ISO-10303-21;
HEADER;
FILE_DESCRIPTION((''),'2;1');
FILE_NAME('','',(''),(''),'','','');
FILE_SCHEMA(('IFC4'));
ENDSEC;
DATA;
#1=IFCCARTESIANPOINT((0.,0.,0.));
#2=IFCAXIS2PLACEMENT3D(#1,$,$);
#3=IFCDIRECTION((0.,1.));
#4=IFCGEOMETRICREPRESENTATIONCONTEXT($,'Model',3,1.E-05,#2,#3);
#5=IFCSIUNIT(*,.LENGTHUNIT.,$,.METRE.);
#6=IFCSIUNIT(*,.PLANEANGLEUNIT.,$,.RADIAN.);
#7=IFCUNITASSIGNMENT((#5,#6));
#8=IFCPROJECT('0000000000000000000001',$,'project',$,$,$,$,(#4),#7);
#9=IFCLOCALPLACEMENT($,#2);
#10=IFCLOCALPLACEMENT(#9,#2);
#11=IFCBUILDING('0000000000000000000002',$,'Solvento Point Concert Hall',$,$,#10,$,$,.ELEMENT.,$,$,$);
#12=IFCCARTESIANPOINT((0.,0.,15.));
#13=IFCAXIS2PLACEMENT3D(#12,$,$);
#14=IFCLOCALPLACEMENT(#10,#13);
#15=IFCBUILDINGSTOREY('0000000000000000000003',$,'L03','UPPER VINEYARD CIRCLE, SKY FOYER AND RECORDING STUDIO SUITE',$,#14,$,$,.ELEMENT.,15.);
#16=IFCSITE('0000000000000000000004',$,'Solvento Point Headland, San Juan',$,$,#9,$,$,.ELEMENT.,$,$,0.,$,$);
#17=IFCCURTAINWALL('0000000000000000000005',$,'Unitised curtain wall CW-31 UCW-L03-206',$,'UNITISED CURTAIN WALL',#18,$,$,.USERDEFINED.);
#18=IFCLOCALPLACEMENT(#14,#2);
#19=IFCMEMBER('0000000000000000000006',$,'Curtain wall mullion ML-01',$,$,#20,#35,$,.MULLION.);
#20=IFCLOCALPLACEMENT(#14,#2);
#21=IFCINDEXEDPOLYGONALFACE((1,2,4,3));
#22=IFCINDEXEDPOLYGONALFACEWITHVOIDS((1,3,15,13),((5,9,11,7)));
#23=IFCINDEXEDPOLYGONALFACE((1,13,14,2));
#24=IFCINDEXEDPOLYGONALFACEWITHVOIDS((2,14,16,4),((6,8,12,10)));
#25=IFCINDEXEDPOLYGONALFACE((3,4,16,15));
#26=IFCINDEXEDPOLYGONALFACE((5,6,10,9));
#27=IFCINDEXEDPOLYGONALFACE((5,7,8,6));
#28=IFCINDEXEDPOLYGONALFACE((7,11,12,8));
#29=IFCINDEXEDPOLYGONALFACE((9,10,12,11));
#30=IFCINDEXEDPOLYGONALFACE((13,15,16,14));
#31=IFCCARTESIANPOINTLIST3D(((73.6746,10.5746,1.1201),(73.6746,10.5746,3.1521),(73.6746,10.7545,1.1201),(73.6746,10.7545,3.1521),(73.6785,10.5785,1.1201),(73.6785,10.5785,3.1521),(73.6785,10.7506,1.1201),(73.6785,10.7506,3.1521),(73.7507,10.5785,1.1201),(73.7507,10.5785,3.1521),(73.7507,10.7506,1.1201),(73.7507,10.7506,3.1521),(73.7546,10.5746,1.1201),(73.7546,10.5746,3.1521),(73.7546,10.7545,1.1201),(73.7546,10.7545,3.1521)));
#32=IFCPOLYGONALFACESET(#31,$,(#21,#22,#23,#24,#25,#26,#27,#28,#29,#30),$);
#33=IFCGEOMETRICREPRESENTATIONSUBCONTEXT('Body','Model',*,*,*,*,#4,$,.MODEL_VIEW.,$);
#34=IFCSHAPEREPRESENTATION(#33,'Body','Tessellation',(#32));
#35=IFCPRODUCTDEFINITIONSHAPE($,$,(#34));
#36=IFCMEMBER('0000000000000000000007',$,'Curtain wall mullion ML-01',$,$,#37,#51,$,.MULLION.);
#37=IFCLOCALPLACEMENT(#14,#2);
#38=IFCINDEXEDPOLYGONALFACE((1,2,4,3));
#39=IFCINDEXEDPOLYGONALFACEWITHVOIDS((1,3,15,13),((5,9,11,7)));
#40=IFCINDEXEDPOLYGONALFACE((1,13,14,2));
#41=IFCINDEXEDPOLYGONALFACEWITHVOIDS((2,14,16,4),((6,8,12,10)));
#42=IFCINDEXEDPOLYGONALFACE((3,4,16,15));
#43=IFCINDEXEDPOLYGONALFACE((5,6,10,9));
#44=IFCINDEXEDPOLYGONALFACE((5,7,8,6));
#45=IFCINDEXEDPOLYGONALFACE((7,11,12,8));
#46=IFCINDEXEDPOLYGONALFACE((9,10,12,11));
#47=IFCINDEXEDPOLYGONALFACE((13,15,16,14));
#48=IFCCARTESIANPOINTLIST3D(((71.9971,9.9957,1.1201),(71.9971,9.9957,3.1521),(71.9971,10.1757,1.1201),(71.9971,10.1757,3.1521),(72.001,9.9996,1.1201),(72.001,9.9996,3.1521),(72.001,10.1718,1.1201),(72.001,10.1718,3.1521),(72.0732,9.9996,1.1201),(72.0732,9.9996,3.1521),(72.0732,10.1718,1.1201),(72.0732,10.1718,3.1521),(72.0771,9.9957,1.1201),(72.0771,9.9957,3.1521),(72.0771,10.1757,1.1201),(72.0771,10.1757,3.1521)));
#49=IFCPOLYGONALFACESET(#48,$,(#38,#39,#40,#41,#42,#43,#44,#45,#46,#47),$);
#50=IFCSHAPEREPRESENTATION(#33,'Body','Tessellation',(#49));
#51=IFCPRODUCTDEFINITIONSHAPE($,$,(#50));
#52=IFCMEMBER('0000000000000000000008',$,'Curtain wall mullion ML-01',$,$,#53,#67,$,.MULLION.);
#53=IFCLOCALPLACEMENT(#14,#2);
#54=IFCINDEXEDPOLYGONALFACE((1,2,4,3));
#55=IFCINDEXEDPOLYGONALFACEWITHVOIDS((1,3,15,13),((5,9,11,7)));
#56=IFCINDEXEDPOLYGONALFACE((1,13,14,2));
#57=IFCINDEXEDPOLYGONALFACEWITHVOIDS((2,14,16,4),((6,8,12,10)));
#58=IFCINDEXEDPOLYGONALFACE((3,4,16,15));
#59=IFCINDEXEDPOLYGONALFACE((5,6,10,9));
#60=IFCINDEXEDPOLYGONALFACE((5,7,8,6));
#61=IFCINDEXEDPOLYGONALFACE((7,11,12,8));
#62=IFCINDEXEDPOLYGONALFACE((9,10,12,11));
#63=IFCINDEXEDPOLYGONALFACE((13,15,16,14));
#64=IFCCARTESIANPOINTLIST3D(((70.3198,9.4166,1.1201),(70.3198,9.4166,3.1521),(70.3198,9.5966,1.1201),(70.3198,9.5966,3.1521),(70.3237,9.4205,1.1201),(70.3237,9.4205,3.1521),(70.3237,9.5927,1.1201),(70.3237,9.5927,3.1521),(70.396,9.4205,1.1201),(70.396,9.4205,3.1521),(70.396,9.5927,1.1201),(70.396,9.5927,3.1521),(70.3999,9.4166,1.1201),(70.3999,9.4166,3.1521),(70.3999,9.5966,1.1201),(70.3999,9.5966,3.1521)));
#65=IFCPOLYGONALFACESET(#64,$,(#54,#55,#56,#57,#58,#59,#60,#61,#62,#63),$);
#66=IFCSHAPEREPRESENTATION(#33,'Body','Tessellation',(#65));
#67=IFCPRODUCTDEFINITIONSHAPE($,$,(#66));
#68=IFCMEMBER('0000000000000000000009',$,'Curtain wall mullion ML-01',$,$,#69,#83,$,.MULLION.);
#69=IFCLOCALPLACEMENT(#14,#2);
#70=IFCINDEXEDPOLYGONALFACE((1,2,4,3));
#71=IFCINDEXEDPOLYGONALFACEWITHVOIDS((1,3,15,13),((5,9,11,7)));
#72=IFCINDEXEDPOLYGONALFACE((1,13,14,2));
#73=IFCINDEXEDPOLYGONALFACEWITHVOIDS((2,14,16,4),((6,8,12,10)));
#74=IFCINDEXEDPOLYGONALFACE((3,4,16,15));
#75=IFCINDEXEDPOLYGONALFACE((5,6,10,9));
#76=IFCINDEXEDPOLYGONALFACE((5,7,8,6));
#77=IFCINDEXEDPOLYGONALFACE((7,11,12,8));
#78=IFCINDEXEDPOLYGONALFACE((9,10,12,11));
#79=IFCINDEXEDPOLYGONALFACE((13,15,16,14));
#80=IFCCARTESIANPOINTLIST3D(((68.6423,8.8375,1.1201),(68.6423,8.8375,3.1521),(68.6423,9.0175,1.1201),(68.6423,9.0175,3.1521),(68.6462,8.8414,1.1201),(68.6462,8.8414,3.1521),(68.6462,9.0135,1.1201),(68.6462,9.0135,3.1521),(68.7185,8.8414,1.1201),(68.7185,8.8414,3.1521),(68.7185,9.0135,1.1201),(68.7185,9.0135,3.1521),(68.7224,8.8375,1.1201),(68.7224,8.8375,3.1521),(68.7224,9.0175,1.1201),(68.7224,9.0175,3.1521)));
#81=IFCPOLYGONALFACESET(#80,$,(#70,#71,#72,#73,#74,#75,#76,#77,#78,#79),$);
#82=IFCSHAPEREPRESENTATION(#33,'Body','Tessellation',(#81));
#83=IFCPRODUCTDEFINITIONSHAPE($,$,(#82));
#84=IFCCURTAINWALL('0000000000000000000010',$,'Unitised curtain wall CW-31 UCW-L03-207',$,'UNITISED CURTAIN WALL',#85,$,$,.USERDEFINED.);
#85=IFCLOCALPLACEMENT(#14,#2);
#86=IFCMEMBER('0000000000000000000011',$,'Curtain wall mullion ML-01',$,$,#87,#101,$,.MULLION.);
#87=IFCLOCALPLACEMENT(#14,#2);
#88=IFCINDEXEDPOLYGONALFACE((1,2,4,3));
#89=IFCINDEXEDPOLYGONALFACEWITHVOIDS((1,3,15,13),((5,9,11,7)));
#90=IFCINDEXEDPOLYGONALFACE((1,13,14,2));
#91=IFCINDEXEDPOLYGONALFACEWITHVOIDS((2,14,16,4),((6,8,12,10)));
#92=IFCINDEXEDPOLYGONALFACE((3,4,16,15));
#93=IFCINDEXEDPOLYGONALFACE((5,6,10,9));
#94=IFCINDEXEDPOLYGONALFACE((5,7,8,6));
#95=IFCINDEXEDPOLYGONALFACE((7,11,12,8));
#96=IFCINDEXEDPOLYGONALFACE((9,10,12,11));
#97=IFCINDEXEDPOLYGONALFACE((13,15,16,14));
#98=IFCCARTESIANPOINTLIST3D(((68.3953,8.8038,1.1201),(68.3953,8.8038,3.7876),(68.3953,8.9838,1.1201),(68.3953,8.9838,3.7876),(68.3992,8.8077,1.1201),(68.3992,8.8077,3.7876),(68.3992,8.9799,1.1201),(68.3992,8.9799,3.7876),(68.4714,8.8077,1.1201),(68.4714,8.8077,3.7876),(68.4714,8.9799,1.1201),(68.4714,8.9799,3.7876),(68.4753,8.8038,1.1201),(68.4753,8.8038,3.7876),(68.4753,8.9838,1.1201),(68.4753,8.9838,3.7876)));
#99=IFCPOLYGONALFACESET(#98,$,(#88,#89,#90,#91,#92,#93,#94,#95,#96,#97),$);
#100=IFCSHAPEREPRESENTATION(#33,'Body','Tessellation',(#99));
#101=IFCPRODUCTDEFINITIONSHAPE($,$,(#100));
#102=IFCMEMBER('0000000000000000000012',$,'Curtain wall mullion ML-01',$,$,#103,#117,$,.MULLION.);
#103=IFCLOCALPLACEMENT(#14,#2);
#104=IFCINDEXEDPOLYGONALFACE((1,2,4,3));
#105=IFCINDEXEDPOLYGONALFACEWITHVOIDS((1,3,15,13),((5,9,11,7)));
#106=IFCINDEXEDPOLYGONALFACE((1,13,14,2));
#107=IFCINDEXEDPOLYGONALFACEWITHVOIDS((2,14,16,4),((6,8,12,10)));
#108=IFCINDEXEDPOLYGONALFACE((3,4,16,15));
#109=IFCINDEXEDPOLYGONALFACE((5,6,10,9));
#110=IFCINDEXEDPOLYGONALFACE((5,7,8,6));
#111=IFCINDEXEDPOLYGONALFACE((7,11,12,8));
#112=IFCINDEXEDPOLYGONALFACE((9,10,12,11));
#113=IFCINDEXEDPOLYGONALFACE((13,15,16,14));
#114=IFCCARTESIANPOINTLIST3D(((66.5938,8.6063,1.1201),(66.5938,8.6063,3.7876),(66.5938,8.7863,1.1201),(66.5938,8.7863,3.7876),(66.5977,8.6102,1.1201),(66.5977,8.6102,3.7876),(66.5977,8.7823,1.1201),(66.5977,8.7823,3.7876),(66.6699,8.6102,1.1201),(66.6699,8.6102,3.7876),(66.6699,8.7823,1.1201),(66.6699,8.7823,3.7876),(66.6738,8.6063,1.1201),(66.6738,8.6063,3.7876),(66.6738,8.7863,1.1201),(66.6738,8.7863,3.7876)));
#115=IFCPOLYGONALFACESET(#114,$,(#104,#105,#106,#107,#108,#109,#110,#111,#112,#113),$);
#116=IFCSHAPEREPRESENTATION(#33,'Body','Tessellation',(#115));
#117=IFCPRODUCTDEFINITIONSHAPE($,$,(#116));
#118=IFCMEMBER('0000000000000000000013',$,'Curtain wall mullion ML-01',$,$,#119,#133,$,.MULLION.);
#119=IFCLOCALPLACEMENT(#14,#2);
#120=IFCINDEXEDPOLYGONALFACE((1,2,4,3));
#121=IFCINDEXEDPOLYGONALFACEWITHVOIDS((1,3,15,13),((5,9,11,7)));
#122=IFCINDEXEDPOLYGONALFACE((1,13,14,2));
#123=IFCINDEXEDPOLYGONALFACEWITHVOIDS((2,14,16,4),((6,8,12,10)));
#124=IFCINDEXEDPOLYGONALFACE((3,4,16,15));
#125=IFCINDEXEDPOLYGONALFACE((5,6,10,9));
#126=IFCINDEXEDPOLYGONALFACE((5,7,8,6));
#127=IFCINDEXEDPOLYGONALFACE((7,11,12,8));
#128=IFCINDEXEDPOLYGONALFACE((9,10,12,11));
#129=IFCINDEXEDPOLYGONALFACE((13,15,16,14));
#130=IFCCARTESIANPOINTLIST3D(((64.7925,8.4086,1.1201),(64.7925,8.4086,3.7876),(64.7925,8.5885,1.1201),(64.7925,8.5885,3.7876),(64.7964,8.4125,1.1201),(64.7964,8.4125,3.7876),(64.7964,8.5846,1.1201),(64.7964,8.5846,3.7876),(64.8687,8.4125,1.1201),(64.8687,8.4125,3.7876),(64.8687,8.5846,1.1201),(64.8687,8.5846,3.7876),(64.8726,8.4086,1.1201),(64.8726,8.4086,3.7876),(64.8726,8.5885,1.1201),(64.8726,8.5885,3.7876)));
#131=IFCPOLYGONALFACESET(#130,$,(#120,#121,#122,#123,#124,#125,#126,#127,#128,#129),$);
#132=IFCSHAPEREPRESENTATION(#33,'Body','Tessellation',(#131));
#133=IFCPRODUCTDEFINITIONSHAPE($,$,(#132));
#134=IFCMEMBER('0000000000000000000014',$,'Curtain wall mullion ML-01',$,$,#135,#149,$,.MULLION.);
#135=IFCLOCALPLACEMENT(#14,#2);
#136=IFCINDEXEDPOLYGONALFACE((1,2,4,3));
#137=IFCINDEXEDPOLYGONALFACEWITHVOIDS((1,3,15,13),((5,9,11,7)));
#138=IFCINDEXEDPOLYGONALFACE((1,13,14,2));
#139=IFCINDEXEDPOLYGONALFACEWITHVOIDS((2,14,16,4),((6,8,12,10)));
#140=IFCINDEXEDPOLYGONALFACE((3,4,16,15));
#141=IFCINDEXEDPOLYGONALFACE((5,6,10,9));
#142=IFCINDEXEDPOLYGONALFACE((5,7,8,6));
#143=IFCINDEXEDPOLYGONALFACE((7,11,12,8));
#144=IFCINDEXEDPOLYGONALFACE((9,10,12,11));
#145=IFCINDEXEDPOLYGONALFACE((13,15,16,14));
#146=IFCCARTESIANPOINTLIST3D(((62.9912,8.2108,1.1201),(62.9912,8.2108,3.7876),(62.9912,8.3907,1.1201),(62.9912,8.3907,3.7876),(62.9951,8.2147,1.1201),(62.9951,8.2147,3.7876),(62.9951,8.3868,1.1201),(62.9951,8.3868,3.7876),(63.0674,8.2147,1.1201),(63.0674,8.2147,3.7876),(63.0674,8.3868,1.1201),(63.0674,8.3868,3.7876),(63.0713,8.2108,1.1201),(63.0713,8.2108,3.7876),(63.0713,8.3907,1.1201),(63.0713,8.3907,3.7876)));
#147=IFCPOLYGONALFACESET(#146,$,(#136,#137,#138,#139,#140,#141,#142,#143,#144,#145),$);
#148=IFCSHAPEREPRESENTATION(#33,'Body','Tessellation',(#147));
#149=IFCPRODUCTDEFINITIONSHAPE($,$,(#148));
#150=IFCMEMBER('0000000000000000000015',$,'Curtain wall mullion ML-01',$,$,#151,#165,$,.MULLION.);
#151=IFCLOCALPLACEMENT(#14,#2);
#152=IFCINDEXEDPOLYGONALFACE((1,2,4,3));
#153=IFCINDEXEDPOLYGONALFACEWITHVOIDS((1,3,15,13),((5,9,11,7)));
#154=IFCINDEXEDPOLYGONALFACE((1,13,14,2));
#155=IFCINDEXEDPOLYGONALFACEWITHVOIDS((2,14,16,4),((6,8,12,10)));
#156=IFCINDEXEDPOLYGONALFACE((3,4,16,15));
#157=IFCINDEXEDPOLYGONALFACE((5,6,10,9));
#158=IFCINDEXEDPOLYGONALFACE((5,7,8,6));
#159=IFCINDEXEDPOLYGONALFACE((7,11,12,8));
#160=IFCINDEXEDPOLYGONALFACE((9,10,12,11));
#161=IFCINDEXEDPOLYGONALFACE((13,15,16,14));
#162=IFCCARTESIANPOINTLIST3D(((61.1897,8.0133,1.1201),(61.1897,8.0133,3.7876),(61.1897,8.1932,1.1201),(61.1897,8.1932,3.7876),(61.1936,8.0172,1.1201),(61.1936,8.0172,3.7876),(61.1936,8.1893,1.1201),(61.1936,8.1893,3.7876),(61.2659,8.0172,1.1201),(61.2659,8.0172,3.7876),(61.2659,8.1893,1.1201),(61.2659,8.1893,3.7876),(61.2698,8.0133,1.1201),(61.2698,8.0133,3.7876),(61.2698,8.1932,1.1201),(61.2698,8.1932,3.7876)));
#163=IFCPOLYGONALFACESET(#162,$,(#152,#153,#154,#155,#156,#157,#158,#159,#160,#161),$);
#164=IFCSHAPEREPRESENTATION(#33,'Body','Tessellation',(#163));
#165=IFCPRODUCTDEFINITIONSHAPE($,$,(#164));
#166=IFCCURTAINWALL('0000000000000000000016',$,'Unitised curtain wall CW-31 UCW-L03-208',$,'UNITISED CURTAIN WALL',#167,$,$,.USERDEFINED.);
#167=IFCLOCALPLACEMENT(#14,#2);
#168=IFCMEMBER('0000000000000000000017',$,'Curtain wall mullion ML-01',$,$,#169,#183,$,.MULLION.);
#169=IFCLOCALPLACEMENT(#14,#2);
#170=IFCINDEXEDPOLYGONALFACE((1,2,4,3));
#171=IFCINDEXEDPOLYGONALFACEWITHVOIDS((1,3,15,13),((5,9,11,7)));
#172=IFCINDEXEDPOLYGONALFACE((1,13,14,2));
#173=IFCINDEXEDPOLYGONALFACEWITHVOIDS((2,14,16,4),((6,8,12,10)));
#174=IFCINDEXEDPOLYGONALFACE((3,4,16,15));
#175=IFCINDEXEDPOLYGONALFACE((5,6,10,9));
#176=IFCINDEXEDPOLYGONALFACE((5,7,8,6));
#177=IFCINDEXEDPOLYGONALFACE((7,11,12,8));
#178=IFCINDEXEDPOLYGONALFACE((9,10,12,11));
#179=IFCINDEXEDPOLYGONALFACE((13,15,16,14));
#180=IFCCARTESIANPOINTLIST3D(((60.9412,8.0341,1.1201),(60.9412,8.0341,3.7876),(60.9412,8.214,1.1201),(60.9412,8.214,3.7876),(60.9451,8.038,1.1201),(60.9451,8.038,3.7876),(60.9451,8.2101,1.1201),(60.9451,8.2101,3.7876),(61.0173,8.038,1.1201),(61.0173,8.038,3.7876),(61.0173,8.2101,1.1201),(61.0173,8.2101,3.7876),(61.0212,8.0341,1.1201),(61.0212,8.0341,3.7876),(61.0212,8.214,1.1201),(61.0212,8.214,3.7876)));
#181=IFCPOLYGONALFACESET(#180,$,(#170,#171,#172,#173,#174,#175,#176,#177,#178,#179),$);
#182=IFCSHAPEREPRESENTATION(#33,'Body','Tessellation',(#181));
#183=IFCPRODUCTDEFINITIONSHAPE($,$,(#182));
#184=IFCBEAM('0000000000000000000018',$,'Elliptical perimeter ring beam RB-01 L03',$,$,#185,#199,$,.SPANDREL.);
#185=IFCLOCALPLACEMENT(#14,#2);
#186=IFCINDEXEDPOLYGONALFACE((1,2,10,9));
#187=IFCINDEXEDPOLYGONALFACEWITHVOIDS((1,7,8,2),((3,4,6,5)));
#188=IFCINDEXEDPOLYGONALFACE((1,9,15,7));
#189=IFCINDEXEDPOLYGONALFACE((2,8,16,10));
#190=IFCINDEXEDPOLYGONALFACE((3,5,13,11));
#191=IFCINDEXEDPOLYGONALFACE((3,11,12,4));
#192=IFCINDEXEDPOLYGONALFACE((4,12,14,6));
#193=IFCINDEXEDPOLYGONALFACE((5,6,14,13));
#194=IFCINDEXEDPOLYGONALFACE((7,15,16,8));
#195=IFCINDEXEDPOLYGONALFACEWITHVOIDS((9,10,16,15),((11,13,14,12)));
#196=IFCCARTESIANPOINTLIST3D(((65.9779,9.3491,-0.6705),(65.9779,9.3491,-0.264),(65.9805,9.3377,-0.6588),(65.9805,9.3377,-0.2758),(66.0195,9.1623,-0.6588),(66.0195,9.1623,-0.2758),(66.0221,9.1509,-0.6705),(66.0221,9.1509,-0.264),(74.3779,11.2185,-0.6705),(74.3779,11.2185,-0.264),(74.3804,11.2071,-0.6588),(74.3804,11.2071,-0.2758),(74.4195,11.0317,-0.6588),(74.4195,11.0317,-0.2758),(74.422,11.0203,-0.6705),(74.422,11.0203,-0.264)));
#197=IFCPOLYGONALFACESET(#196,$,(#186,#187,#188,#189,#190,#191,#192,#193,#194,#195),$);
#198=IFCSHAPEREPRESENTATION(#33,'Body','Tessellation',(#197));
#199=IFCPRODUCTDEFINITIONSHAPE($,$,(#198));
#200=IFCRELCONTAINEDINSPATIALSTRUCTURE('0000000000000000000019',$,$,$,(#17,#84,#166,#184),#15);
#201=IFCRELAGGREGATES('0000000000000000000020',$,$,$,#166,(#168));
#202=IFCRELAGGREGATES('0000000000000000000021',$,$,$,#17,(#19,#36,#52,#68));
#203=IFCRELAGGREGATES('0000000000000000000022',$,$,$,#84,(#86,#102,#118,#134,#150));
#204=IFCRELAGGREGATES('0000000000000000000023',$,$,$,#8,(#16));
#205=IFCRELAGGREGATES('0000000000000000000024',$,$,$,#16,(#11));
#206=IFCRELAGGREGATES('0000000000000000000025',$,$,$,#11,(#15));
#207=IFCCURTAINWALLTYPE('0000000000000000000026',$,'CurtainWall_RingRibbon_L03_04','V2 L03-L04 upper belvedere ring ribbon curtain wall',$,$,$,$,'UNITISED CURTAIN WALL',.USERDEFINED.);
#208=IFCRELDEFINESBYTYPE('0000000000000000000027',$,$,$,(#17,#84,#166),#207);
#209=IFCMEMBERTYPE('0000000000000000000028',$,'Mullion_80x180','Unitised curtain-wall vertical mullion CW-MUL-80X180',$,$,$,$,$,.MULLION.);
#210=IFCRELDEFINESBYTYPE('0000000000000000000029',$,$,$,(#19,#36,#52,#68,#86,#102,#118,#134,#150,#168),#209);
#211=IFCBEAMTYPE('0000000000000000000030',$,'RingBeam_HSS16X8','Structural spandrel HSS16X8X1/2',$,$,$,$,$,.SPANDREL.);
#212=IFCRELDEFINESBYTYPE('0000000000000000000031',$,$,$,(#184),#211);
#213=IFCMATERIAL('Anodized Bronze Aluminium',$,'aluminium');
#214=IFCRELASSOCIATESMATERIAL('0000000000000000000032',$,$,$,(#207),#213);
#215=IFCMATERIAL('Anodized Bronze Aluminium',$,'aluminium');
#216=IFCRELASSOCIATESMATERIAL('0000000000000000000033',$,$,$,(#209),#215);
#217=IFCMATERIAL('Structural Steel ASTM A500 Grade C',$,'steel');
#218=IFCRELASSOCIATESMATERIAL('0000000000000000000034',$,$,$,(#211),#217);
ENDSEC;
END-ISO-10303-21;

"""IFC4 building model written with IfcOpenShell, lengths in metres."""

from ifc_helpers import new_model, si_unit, direction, frame, origin, origin_2d, place, context, subcontext, project, spatial, hollow_rectangle, extrude, material, material_profile, profile_set, type_object, element, aggregate, save


model = new_model("IFC4")

# Units and contexts
model_context = context("Model", 3, precision=1e-05, world=origin(), true_north=direction((0.0, 1.0)))
body_context = subcontext(model_context, "Body", "Model", "MODEL_VIEW")
ifc_project = project(units=[si_unit("LENGTHUNIT", "METRE"), si_unit("PLANEANGLEUNIT", "RADIAN")], contexts=[model_context])

# Site, building, storey
site_placement = place(None, origin())
site = spatial("IfcSite", under=ifc_project, at=site_placement, Name="Solvento Point Headland, San Juan", CompositionType="ELEMENT", RefElevation=0.0)
building_placement = place(site_placement, origin())
building = spatial("IfcBuilding", under=site, at=building_placement, Name="Solvento Point Concert Hall", CompositionType="ELEMENT")
storey_placement = place(building_placement, frame((0.0, 0.0, 15.0)))
storey = spatial("IfcBuildingStorey", under=building, at=storey_placement, Name="L03", Description="UPPER VINEYARD CIRCLE, SKY FOYER AND RECORDING STUDIO SUITE", CompositionType="ELEMENT", Elevation=15.0)

# Curtain walls, members
ifc_material_1 = material(Name="Anodized Bronze Aluminium", Category="aluminium")
curtain_wall_type = type_object("IfcCurtainWallType", Name="CurtainWall_RingRibbon_L03_04", Description="V2 L03-L04 upper belvedere ring ribbon curtain wall", ElementType="UNITISED CURTAIN WALL", PredefinedType="USERDEFINED", material=ifc_material_1)
curtain_wall_1_placement = place(storey_placement, origin())
curtain_wall_1 = element("IfcCurtainWall", 1, at=curtain_wall_1_placement, inside=storey, type_object=curtain_wall_type, Name="Unitised curtain wall CW-31 UCW-L03-206", ObjectType="UNITISED CURTAIN WALL", PredefinedType="USERDEFINED")
ifc_material_2 = material(Name="Anodized Bronze Aluminium", Category="aluminium")
ifc_material_profile_1 = material_profile(ifc_material_2, hollow_rectangle(XDim=0.0801, YDim=0.1799, WallThickness=0.0039, at=origin_2d()), Name="CW-MUL-80X180")
ifc_profile_set_1 = profile_set([ifc_material_profile_1], Name="Anodized Bronze Aluminium")
member_type_1 = type_object("IfcMemberType", Name="Mullion_80x180", Description="Unitised curtain-wall vertical mullion CW-MUL-80X180", PredefinedType="MULLION", material=ifc_profile_set_1)
member_1_placement = place(storey_placement, frame((73.7146, 10.6646, 1.1201), z_axis=(0.0, 0.0, 1.0), x_axis=(1.0, 0.0, 0.0)))
member_1 = element("IfcMember", 2, at=member_1_placement, type_object=member_type_1, Name="Curtain wall mullion ML-01", PredefinedType="MULLION", context=body_context, shape_type="SweptSolid", body=[
    extrude(hollow_rectangle(XDim=0.0801, YDim=0.1799, WallThickness=0.0039, at=origin_2d()), origin(), (0.0, 0.0, 1.0), 2.032),
])
member_2_placement = place(storey_placement, frame((72.0371, 10.0857, 1.1201), z_axis=(0.0, 0.0, 1.0), x_axis=(1.0, 0.0, 0.0)))
member_2 = element("IfcMember", 3, at=member_2_placement, type_object=member_type_1, Name="Curtain wall mullion ML-01", PredefinedType="MULLION", context=body_context, shape_type="SweptSolid", body=[
    extrude(hollow_rectangle(XDim=0.0801, YDim=0.1799, WallThickness=0.0039, at=origin_2d()), origin(), (0.0, 0.0, 1.0), 2.032),
])
member_3_placement = place(storey_placement, frame((70.3599, 9.5066, 1.1201), z_axis=(0.0, 0.0, 1.0), x_axis=(1.0, 0.0, 0.0)))
member_3 = element("IfcMember", 4, at=member_3_placement, type_object=member_type_1, Name="Curtain wall mullion ML-01", PredefinedType="MULLION", context=body_context, shape_type="SweptSolid", body=[
    extrude(hollow_rectangle(XDim=0.0801, YDim=0.1799, WallThickness=0.0039, at=origin_2d()), origin(), (0.0, 0.0, 1.0), 2.032),
])
member_4_placement = place(storey_placement, frame((68.6824, 8.9275, 1.1201), z_axis=(0.0, 0.0, 1.0), x_axis=(1.0, 0.0, 0.0)))
member_4 = element("IfcMember", 5, at=member_4_placement, type_object=member_type_1, Name="Curtain wall mullion ML-01", PredefinedType="MULLION", context=body_context, shape_type="SweptSolid", body=[
    extrude(hollow_rectangle(XDim=0.0801, YDim=0.1799, WallThickness=0.0039, at=origin_2d()), origin(), (0.0, 0.0, 1.0), 2.032),
])
curtain_wall_2_placement = place(storey_placement, origin())
curtain_wall_2 = element("IfcCurtainWall", 6, at=curtain_wall_2_placement, inside=storey, type_object=curtain_wall_type, Name="Unitised curtain wall CW-31 UCW-L03-207", ObjectType="UNITISED CURTAIN WALL", PredefinedType="USERDEFINED")
member_5_placement = place(storey_placement, frame((68.4353, 8.8938, 1.1201), z_axis=(0.0, 0.0, 1.0), x_axis=(1.0, 0.0, 0.0)))
member_5 = element("IfcMember", 7, at=member_5_placement, type_object=member_type_1, Name="Curtain wall mullion ML-01", PredefinedType="MULLION", context=body_context, shape_type="SweptSolid", body=[
    extrude(hollow_rectangle(XDim=0.0801, YDim=0.1799, WallThickness=0.0039, at=origin_2d()), origin(), (0.0, 0.0, 1.0), 2.6675),
])
member_6_placement = place(storey_placement, frame((66.6338, 8.6963, 1.1201), z_axis=(0.0, 0.0, 1.0), x_axis=(1.0, 0.0, 0.0)))
member_6 = element("IfcMember", 8, at=member_6_placement, type_object=member_type_1, Name="Curtain wall mullion ML-01", PredefinedType="MULLION", context=body_context, shape_type="SweptSolid", body=[
    extrude(hollow_rectangle(XDim=0.0801, YDim=0.1799, WallThickness=0.0039, at=origin_2d()), origin(), (0.0, 0.0, 1.0), 2.6675),
])
member_7_placement = place(storey_placement, frame((64.8325, 8.4985, 1.1201), z_axis=(0.0, 0.0, 1.0), x_axis=(1.0, 0.0, 0.0)))
member_7 = element("IfcMember", 9, at=member_7_placement, type_object=member_type_1, Name="Curtain wall mullion ML-01", PredefinedType="MULLION", context=body_context, shape_type="SweptSolid", body=[
    extrude(hollow_rectangle(XDim=0.0801, YDim=0.1799, WallThickness=0.0039, at=origin_2d()), origin(), (0.0, 0.0, 1.0), 2.6675),
])
member_8_placement = place(storey_placement, frame((63.0312, 8.3008, 1.1201), z_axis=(0.0, 0.0, 1.0), x_axis=(1.0, 0.0, 0.0)))
member_8 = element("IfcMember", 10, at=member_8_placement, type_object=member_type_1, Name="Curtain wall mullion ML-01", PredefinedType="MULLION", context=body_context, shape_type="SweptSolid", body=[
    extrude(hollow_rectangle(XDim=0.0801, YDim=0.1799, WallThickness=0.0039, at=origin_2d()), origin(), (0.0, 0.0, 1.0), 2.6675),
])
member_9_placement = place(storey_placement, frame((61.2297, 8.1033, 1.1201), z_axis=(0.0, 0.0, 1.0), x_axis=(1.0, 0.0, 0.0)))
member_9 = element("IfcMember", 11, at=member_9_placement, type_object=member_type_1, Name="Curtain wall mullion ML-01", PredefinedType="MULLION", context=body_context, shape_type="SweptSolid", body=[
    extrude(hollow_rectangle(XDim=0.0801, YDim=0.1799, WallThickness=0.0039, at=origin_2d()), origin(), (0.0, 0.0, 1.0), 2.6675),
])

# Curtain wall, member
curtain_wall_3_placement = place(storey_placement, origin())
curtain_wall_3 = element("IfcCurtainWall", 12, at=curtain_wall_3_placement, inside=storey, type_object=curtain_wall_type, Name="Unitised curtain wall CW-31 UCW-L03-208", ObjectType="UNITISED CURTAIN WALL", PredefinedType="USERDEFINED")
member_10_placement = place(storey_placement, frame((60.9812, 8.124, 1.1201), z_axis=(0.0, 0.0, 1.0), x_axis=(1.0, 0.0, 0.0)))
member_10 = element("IfcMember", 13, at=member_10_placement, type_object=member_type_1, Name="Curtain wall mullion ML-01", PredefinedType="MULLION", context=body_context, shape_type="SweptSolid", body=[
    extrude(hollow_rectangle(XDim=0.0801, YDim=0.1799, WallThickness=0.0039, at=origin_2d()), origin(), (0.0, 0.0, 1.0), 2.6675),
])

# Beam
ifc_material_3 = material(Name="Structural Steel ASTM A500 Grade C", Category="steel")
ifc_material_profile_2 = material_profile(ifc_material_3, hollow_rectangle(XDim=0.2031, YDim=0.4065, WallThickness=0.0117, at=origin_2d()), Name="HSS16X8X1/2")
ifc_profile_set_2 = profile_set([ifc_material_profile_2], Name="Structural Steel ASTM A500 Grade C")
beam_type = type_object("IfcBeamType", Name="RingBeam_HSS16X8", Description="Structural spandrel HSS16X8X1/2", PredefinedType="SPANDREL", material=ifc_profile_set_2)
beam_1_placement = place(storey_placement, frame((66.0, 9.25, -0.4673), z_axis=(0.97612, 0.217234, 0.0), x_axis=(-0.217234, 0.97612, 0.0)))
element("IfcBeam", 14, at=beam_1_placement, inside=storey, type_object=beam_type, Name="Elliptical perimeter ring beam RB-01 L03", PredefinedType="SPANDREL", context=body_context, shape_type="SweptSolid", body=[
    extrude(hollow_rectangle(XDim=0.2031, YDim=0.4065, WallThickness=0.0117, at=origin_2d()), origin(), (0.0, 0.0, 1.0), 8.6055),
])

aggregate(curtain_wall_3, [member_10])

aggregate(curtain_wall_1, [member_1, member_2, member_3, member_4])
aggregate(curtain_wall_2, [member_5, member_6, member_7, member_8, member_9])

save(model, "model.ifc")
